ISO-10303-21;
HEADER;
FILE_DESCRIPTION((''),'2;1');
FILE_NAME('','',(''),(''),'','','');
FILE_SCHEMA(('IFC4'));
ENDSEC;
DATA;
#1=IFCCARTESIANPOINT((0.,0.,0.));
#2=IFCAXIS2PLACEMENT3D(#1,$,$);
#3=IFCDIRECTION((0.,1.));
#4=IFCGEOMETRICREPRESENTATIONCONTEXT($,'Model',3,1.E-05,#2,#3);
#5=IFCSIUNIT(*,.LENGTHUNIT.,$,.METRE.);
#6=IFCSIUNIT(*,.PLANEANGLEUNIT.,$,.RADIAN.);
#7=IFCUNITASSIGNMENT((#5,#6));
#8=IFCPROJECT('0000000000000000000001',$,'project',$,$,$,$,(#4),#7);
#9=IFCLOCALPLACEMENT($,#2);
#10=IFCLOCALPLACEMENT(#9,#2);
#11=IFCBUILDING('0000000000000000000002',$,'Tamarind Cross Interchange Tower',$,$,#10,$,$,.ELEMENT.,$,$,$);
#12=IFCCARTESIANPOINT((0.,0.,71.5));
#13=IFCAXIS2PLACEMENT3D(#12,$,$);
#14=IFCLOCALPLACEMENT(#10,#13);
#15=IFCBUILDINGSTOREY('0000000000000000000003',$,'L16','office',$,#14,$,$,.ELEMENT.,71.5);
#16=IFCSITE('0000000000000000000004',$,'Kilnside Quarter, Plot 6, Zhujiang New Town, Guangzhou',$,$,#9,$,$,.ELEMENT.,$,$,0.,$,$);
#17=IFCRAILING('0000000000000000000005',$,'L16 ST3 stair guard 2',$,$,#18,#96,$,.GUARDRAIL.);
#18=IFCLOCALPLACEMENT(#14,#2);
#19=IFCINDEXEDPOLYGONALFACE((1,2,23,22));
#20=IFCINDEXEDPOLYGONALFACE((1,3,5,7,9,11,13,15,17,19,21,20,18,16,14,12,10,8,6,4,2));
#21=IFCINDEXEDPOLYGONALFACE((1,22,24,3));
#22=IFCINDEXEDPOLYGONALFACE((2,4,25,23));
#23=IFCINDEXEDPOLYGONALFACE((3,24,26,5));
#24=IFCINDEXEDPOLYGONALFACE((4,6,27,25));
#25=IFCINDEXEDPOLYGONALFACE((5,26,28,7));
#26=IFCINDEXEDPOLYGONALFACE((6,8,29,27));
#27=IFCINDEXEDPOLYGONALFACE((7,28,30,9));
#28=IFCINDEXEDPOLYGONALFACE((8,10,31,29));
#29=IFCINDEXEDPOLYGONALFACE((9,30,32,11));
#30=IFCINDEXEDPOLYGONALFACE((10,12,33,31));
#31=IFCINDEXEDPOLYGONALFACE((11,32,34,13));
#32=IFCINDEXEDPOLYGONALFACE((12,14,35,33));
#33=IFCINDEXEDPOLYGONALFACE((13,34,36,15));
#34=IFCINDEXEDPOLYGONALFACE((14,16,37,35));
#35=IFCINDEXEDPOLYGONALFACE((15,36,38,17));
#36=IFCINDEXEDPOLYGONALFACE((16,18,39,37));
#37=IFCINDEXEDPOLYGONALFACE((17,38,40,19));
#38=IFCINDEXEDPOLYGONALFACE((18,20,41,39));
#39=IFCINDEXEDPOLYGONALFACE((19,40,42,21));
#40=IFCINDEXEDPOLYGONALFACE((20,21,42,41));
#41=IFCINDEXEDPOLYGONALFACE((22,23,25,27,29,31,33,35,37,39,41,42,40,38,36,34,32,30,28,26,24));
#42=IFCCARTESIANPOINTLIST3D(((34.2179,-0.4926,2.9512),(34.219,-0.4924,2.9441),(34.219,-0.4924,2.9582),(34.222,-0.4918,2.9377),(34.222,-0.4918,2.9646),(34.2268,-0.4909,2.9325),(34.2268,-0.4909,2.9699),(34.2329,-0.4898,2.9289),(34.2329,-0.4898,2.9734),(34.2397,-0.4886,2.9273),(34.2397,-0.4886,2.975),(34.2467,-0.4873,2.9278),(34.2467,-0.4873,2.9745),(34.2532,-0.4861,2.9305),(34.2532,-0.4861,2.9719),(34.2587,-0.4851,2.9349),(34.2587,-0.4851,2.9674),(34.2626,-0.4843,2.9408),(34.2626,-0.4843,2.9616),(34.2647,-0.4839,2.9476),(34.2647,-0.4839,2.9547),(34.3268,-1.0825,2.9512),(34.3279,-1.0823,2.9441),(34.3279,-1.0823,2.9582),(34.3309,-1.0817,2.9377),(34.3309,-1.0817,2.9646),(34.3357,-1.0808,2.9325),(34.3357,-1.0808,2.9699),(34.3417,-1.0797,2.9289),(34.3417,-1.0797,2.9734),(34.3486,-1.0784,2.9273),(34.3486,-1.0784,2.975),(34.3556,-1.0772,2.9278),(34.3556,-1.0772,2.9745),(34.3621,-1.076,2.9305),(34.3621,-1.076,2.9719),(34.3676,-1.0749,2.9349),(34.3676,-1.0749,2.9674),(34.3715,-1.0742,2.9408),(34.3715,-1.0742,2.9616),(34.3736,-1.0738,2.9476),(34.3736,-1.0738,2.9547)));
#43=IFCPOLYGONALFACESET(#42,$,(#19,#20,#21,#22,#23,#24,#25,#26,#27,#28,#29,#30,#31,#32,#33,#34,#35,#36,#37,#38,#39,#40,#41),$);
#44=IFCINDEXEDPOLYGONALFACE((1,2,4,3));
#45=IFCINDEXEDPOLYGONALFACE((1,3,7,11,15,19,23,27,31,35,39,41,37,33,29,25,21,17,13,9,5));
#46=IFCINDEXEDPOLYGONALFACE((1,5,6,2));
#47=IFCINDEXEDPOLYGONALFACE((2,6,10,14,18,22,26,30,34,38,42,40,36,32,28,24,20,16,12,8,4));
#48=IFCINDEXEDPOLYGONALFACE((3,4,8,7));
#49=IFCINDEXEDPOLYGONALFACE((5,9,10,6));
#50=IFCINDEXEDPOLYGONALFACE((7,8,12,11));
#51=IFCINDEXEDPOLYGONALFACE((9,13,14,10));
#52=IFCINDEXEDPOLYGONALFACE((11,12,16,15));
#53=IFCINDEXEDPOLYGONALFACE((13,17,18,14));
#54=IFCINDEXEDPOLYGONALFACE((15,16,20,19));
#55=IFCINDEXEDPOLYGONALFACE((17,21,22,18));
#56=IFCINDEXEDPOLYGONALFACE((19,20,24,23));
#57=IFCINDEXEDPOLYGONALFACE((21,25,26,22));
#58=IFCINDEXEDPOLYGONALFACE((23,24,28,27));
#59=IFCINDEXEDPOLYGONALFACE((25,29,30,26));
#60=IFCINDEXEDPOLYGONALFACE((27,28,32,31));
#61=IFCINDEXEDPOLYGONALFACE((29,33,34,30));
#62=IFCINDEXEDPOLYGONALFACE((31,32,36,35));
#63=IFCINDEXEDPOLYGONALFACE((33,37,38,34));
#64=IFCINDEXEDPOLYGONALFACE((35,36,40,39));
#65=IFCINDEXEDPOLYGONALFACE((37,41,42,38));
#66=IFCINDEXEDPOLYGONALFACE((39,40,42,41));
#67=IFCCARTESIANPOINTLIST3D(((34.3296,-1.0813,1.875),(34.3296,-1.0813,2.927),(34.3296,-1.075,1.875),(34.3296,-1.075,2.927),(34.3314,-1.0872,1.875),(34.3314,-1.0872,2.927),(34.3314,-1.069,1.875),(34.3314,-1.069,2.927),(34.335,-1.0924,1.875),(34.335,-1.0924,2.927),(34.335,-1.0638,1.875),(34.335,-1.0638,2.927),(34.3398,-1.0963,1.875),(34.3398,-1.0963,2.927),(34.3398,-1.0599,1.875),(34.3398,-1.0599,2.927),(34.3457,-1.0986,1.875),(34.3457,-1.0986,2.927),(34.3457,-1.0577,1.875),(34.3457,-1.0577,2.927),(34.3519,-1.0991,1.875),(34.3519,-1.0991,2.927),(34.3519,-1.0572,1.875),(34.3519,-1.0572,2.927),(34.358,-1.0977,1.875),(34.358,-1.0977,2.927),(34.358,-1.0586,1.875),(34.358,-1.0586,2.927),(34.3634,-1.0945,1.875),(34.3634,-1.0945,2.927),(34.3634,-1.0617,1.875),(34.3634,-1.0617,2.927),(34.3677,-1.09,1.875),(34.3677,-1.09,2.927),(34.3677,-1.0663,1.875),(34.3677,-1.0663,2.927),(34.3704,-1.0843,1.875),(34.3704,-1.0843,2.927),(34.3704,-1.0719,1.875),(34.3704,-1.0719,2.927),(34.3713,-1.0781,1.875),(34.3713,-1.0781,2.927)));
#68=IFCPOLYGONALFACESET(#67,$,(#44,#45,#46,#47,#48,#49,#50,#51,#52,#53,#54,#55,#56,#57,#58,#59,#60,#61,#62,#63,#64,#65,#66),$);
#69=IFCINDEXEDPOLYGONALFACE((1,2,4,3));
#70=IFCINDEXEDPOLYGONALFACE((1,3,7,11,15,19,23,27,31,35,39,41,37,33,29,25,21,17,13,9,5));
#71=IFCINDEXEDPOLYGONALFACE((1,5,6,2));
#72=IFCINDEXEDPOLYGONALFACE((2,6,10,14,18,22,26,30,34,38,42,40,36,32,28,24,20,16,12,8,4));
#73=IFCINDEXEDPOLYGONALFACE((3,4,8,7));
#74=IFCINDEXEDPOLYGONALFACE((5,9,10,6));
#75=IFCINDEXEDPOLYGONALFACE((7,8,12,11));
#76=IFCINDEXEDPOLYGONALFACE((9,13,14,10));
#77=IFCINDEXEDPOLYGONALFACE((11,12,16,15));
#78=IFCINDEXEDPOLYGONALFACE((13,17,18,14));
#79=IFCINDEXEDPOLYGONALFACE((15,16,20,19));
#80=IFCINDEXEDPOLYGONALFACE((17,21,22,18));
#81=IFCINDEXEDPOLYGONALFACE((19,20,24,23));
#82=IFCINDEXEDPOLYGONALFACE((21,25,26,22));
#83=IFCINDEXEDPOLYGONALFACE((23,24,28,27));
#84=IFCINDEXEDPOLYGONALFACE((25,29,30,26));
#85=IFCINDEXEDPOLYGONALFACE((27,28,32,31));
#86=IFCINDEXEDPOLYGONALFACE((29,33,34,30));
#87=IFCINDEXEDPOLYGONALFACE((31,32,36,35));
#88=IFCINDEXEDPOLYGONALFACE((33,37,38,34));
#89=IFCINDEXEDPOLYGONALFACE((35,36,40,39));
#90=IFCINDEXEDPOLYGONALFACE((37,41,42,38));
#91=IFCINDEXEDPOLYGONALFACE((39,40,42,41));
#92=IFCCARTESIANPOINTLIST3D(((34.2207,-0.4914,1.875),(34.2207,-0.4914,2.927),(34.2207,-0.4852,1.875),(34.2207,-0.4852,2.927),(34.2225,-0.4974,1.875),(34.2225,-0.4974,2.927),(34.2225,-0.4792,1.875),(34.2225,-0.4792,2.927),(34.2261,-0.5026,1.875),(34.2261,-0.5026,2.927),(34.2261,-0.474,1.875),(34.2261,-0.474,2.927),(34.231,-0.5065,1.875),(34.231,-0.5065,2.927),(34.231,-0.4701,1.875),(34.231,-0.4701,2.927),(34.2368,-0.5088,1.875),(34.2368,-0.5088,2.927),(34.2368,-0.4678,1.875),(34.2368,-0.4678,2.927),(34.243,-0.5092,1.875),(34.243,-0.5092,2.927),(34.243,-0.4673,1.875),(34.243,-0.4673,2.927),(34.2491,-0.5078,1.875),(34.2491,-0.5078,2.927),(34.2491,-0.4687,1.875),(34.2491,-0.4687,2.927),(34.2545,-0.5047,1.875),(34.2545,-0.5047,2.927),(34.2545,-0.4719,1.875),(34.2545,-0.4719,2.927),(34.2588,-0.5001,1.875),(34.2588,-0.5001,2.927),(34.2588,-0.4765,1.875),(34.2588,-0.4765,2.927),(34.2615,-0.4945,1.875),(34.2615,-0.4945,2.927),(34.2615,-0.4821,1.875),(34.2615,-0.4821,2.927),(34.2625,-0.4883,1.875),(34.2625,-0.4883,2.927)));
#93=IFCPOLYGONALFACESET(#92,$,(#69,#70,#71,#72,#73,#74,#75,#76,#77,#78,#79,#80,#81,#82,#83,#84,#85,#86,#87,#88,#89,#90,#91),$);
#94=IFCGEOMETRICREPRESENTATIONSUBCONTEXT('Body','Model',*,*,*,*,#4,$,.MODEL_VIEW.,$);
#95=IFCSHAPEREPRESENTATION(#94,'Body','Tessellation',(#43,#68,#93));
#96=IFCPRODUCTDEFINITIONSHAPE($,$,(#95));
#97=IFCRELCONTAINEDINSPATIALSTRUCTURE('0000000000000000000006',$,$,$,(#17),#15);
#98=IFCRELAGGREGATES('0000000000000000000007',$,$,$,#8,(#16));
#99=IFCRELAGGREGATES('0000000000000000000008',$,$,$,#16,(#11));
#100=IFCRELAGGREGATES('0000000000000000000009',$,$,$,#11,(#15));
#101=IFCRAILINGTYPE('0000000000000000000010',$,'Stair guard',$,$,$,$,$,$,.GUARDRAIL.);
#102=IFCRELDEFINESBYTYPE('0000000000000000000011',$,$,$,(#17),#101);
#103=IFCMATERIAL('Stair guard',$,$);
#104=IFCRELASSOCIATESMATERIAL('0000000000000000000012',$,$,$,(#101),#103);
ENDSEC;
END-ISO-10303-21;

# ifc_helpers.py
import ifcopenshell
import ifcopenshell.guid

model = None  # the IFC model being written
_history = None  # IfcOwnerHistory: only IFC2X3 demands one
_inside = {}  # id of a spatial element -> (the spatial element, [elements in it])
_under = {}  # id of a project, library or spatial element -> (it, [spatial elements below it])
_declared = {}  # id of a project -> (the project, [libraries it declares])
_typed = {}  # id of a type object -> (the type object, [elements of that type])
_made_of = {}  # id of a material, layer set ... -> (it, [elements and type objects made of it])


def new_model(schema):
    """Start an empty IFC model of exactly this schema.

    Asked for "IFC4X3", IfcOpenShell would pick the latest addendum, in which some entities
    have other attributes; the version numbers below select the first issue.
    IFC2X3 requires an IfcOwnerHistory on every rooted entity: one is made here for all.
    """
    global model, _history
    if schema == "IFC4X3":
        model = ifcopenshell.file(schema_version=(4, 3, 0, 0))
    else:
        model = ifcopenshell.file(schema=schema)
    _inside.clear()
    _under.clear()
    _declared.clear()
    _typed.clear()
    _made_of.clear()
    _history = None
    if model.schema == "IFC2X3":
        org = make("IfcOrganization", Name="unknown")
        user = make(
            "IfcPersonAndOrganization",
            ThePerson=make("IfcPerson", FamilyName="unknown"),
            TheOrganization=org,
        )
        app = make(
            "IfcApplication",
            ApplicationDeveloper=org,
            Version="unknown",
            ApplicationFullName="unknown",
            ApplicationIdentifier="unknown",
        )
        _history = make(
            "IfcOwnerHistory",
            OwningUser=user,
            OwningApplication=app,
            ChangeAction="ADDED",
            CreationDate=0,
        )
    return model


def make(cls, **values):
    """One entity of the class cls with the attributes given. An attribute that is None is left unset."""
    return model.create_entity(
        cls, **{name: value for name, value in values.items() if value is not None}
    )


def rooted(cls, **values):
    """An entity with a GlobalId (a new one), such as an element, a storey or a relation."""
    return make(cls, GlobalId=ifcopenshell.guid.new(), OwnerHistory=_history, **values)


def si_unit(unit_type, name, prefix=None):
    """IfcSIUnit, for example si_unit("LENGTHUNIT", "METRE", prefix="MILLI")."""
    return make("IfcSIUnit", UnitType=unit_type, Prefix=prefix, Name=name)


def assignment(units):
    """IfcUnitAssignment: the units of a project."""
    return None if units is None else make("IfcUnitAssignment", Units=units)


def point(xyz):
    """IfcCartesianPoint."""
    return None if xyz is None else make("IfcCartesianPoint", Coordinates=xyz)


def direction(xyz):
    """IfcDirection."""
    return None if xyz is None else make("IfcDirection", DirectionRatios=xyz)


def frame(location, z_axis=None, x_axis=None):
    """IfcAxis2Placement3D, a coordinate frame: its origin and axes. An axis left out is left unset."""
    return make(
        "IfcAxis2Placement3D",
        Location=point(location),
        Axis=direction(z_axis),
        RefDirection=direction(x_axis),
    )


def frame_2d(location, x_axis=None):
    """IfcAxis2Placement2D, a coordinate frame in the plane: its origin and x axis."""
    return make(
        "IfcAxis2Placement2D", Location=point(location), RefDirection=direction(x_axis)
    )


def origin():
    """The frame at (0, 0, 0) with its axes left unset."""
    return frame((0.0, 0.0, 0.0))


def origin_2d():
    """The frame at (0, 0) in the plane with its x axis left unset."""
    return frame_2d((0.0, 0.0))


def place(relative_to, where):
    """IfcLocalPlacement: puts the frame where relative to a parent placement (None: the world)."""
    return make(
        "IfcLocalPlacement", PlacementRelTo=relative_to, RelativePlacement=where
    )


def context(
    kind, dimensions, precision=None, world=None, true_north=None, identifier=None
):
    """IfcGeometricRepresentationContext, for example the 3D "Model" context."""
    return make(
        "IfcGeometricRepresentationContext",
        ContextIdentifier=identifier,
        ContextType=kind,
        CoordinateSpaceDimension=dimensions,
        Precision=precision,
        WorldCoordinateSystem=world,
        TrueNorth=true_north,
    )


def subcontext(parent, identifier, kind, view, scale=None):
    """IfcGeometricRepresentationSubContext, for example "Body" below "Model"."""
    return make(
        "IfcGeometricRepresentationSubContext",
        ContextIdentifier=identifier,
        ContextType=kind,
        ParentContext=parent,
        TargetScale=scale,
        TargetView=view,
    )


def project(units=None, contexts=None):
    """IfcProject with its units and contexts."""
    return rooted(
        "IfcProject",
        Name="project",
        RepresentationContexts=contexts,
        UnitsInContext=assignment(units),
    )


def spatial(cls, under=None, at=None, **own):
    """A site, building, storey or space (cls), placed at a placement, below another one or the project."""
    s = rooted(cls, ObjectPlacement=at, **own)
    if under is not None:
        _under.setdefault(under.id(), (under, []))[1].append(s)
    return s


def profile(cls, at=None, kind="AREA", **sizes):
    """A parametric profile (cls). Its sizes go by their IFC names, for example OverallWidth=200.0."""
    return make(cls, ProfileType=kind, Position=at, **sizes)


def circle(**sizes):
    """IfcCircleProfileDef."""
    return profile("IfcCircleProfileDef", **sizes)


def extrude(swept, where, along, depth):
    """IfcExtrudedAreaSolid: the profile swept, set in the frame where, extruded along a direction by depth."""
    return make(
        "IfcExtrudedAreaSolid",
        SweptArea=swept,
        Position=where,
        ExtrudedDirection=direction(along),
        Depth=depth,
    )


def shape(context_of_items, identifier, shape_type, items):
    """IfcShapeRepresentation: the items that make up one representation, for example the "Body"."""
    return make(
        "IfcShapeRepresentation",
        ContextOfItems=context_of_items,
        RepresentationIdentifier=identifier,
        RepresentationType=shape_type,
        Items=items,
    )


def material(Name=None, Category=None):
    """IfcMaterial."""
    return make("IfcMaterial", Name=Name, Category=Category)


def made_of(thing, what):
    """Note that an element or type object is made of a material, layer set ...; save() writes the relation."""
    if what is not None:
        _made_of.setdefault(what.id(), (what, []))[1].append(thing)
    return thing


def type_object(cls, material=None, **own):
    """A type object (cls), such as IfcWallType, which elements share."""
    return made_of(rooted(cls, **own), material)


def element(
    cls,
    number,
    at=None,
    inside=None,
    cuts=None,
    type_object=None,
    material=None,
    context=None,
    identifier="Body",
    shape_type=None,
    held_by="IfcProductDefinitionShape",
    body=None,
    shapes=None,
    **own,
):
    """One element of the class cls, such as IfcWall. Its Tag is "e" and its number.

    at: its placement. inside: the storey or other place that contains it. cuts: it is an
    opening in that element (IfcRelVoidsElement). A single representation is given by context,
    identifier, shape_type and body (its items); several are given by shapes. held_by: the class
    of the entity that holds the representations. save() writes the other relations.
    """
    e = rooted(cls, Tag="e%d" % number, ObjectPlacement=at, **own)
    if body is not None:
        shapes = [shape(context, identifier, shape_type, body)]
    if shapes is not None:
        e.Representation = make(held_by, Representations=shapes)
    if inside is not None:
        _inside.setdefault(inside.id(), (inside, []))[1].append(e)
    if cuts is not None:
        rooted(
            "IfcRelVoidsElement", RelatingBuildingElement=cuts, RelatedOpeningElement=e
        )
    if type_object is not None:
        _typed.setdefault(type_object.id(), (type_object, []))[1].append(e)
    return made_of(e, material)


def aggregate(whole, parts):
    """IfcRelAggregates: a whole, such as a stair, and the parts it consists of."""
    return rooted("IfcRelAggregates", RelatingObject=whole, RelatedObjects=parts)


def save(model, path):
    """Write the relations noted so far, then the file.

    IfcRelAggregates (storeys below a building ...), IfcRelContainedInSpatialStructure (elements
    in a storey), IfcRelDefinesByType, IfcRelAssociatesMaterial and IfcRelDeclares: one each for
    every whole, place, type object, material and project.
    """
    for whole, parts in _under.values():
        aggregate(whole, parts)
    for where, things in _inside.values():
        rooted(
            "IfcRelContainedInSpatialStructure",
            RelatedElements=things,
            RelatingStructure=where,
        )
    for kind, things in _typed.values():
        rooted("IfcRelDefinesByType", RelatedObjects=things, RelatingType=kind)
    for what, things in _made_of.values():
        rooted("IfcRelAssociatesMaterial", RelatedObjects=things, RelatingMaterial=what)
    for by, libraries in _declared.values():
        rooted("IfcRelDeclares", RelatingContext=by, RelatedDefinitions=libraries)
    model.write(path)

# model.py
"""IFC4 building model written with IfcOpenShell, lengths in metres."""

from ifc_helpers import new_model, si_unit, direction, frame, origin, origin_2d, place, context, subcontext, project, spatial, circle, extrude, material, type_object, element, save


model = new_model("IFC4")

# Units and contexts
model_context = context("Model", 3, precision=1e-05, world=origin(), true_north=direction((0.0, 1.0)))
body_context = subcontext(model_context, "Body", "Model", "MODEL_VIEW")
ifc_project = project(units=[si_unit("LENGTHUNIT", "METRE"), si_unit("PLANEANGLEUNIT", "RADIAN")], contexts=[model_context])

# Site, building, storey
site_placement = place(None, origin())
site = spatial("IfcSite", under=ifc_project, at=site_placement, Name="Kilnside Quarter, Plot 6, Zhujiang New Town, Guangzhou", CompositionType="ELEMENT", RefElevation=0.0)
building_placement = place(site_placement, origin())
building = spatial("IfcBuilding", under=site, at=building_placement, Name="Tamarind Cross Interchange Tower", CompositionType="ELEMENT")
storey_placement = place(building_placement, frame((0.0, 0.0, 71.5)))
storey = spatial("IfcBuildingStorey", under=building, at=storey_placement, Name="L16", Description="office", CompositionType="ELEMENT", Elevation=71.5)

# Railing
ifc_material_1 = material(Name="Stair guard")
railing_type_1 = type_object("IfcRailingType", Name="Stair guard", PredefinedType="GUARDRAIL", material=ifc_material_1)
railing_1_placement = place(storey_placement, frame((34.3503, -1.0781, 1.875)))
element("IfcRailing", 1, at=railing_1_placement, inside=storey, type_object=railing_type_1, Name="L16 ST3 stair guard 2", PredefinedType="GUARDRAIL", context=body_context, shape_type="SweptSolid", body=[
    extrude(circle(Radius=0.0239, at=origin_2d()), frame((0.0, 0.0, 1.0762), z_axis=(-0.181535, 0.983384, 0.0), x_axis=(-0.983384, -0.181535, 0.0)), (0.0, 0.0, 1.0), 0.5999),
    extrude(circle(Radius=0.021, at=origin_2d()), origin(), (0.0, 0.0, 1.0), 1.052),
    extrude(circle(Radius=0.021, at=origin_2d()), frame((-0.1089, 0.5898, 0.0)), (0.0, 0.0, 1.0), 1.052),
])

save(model, "model.ifc")
